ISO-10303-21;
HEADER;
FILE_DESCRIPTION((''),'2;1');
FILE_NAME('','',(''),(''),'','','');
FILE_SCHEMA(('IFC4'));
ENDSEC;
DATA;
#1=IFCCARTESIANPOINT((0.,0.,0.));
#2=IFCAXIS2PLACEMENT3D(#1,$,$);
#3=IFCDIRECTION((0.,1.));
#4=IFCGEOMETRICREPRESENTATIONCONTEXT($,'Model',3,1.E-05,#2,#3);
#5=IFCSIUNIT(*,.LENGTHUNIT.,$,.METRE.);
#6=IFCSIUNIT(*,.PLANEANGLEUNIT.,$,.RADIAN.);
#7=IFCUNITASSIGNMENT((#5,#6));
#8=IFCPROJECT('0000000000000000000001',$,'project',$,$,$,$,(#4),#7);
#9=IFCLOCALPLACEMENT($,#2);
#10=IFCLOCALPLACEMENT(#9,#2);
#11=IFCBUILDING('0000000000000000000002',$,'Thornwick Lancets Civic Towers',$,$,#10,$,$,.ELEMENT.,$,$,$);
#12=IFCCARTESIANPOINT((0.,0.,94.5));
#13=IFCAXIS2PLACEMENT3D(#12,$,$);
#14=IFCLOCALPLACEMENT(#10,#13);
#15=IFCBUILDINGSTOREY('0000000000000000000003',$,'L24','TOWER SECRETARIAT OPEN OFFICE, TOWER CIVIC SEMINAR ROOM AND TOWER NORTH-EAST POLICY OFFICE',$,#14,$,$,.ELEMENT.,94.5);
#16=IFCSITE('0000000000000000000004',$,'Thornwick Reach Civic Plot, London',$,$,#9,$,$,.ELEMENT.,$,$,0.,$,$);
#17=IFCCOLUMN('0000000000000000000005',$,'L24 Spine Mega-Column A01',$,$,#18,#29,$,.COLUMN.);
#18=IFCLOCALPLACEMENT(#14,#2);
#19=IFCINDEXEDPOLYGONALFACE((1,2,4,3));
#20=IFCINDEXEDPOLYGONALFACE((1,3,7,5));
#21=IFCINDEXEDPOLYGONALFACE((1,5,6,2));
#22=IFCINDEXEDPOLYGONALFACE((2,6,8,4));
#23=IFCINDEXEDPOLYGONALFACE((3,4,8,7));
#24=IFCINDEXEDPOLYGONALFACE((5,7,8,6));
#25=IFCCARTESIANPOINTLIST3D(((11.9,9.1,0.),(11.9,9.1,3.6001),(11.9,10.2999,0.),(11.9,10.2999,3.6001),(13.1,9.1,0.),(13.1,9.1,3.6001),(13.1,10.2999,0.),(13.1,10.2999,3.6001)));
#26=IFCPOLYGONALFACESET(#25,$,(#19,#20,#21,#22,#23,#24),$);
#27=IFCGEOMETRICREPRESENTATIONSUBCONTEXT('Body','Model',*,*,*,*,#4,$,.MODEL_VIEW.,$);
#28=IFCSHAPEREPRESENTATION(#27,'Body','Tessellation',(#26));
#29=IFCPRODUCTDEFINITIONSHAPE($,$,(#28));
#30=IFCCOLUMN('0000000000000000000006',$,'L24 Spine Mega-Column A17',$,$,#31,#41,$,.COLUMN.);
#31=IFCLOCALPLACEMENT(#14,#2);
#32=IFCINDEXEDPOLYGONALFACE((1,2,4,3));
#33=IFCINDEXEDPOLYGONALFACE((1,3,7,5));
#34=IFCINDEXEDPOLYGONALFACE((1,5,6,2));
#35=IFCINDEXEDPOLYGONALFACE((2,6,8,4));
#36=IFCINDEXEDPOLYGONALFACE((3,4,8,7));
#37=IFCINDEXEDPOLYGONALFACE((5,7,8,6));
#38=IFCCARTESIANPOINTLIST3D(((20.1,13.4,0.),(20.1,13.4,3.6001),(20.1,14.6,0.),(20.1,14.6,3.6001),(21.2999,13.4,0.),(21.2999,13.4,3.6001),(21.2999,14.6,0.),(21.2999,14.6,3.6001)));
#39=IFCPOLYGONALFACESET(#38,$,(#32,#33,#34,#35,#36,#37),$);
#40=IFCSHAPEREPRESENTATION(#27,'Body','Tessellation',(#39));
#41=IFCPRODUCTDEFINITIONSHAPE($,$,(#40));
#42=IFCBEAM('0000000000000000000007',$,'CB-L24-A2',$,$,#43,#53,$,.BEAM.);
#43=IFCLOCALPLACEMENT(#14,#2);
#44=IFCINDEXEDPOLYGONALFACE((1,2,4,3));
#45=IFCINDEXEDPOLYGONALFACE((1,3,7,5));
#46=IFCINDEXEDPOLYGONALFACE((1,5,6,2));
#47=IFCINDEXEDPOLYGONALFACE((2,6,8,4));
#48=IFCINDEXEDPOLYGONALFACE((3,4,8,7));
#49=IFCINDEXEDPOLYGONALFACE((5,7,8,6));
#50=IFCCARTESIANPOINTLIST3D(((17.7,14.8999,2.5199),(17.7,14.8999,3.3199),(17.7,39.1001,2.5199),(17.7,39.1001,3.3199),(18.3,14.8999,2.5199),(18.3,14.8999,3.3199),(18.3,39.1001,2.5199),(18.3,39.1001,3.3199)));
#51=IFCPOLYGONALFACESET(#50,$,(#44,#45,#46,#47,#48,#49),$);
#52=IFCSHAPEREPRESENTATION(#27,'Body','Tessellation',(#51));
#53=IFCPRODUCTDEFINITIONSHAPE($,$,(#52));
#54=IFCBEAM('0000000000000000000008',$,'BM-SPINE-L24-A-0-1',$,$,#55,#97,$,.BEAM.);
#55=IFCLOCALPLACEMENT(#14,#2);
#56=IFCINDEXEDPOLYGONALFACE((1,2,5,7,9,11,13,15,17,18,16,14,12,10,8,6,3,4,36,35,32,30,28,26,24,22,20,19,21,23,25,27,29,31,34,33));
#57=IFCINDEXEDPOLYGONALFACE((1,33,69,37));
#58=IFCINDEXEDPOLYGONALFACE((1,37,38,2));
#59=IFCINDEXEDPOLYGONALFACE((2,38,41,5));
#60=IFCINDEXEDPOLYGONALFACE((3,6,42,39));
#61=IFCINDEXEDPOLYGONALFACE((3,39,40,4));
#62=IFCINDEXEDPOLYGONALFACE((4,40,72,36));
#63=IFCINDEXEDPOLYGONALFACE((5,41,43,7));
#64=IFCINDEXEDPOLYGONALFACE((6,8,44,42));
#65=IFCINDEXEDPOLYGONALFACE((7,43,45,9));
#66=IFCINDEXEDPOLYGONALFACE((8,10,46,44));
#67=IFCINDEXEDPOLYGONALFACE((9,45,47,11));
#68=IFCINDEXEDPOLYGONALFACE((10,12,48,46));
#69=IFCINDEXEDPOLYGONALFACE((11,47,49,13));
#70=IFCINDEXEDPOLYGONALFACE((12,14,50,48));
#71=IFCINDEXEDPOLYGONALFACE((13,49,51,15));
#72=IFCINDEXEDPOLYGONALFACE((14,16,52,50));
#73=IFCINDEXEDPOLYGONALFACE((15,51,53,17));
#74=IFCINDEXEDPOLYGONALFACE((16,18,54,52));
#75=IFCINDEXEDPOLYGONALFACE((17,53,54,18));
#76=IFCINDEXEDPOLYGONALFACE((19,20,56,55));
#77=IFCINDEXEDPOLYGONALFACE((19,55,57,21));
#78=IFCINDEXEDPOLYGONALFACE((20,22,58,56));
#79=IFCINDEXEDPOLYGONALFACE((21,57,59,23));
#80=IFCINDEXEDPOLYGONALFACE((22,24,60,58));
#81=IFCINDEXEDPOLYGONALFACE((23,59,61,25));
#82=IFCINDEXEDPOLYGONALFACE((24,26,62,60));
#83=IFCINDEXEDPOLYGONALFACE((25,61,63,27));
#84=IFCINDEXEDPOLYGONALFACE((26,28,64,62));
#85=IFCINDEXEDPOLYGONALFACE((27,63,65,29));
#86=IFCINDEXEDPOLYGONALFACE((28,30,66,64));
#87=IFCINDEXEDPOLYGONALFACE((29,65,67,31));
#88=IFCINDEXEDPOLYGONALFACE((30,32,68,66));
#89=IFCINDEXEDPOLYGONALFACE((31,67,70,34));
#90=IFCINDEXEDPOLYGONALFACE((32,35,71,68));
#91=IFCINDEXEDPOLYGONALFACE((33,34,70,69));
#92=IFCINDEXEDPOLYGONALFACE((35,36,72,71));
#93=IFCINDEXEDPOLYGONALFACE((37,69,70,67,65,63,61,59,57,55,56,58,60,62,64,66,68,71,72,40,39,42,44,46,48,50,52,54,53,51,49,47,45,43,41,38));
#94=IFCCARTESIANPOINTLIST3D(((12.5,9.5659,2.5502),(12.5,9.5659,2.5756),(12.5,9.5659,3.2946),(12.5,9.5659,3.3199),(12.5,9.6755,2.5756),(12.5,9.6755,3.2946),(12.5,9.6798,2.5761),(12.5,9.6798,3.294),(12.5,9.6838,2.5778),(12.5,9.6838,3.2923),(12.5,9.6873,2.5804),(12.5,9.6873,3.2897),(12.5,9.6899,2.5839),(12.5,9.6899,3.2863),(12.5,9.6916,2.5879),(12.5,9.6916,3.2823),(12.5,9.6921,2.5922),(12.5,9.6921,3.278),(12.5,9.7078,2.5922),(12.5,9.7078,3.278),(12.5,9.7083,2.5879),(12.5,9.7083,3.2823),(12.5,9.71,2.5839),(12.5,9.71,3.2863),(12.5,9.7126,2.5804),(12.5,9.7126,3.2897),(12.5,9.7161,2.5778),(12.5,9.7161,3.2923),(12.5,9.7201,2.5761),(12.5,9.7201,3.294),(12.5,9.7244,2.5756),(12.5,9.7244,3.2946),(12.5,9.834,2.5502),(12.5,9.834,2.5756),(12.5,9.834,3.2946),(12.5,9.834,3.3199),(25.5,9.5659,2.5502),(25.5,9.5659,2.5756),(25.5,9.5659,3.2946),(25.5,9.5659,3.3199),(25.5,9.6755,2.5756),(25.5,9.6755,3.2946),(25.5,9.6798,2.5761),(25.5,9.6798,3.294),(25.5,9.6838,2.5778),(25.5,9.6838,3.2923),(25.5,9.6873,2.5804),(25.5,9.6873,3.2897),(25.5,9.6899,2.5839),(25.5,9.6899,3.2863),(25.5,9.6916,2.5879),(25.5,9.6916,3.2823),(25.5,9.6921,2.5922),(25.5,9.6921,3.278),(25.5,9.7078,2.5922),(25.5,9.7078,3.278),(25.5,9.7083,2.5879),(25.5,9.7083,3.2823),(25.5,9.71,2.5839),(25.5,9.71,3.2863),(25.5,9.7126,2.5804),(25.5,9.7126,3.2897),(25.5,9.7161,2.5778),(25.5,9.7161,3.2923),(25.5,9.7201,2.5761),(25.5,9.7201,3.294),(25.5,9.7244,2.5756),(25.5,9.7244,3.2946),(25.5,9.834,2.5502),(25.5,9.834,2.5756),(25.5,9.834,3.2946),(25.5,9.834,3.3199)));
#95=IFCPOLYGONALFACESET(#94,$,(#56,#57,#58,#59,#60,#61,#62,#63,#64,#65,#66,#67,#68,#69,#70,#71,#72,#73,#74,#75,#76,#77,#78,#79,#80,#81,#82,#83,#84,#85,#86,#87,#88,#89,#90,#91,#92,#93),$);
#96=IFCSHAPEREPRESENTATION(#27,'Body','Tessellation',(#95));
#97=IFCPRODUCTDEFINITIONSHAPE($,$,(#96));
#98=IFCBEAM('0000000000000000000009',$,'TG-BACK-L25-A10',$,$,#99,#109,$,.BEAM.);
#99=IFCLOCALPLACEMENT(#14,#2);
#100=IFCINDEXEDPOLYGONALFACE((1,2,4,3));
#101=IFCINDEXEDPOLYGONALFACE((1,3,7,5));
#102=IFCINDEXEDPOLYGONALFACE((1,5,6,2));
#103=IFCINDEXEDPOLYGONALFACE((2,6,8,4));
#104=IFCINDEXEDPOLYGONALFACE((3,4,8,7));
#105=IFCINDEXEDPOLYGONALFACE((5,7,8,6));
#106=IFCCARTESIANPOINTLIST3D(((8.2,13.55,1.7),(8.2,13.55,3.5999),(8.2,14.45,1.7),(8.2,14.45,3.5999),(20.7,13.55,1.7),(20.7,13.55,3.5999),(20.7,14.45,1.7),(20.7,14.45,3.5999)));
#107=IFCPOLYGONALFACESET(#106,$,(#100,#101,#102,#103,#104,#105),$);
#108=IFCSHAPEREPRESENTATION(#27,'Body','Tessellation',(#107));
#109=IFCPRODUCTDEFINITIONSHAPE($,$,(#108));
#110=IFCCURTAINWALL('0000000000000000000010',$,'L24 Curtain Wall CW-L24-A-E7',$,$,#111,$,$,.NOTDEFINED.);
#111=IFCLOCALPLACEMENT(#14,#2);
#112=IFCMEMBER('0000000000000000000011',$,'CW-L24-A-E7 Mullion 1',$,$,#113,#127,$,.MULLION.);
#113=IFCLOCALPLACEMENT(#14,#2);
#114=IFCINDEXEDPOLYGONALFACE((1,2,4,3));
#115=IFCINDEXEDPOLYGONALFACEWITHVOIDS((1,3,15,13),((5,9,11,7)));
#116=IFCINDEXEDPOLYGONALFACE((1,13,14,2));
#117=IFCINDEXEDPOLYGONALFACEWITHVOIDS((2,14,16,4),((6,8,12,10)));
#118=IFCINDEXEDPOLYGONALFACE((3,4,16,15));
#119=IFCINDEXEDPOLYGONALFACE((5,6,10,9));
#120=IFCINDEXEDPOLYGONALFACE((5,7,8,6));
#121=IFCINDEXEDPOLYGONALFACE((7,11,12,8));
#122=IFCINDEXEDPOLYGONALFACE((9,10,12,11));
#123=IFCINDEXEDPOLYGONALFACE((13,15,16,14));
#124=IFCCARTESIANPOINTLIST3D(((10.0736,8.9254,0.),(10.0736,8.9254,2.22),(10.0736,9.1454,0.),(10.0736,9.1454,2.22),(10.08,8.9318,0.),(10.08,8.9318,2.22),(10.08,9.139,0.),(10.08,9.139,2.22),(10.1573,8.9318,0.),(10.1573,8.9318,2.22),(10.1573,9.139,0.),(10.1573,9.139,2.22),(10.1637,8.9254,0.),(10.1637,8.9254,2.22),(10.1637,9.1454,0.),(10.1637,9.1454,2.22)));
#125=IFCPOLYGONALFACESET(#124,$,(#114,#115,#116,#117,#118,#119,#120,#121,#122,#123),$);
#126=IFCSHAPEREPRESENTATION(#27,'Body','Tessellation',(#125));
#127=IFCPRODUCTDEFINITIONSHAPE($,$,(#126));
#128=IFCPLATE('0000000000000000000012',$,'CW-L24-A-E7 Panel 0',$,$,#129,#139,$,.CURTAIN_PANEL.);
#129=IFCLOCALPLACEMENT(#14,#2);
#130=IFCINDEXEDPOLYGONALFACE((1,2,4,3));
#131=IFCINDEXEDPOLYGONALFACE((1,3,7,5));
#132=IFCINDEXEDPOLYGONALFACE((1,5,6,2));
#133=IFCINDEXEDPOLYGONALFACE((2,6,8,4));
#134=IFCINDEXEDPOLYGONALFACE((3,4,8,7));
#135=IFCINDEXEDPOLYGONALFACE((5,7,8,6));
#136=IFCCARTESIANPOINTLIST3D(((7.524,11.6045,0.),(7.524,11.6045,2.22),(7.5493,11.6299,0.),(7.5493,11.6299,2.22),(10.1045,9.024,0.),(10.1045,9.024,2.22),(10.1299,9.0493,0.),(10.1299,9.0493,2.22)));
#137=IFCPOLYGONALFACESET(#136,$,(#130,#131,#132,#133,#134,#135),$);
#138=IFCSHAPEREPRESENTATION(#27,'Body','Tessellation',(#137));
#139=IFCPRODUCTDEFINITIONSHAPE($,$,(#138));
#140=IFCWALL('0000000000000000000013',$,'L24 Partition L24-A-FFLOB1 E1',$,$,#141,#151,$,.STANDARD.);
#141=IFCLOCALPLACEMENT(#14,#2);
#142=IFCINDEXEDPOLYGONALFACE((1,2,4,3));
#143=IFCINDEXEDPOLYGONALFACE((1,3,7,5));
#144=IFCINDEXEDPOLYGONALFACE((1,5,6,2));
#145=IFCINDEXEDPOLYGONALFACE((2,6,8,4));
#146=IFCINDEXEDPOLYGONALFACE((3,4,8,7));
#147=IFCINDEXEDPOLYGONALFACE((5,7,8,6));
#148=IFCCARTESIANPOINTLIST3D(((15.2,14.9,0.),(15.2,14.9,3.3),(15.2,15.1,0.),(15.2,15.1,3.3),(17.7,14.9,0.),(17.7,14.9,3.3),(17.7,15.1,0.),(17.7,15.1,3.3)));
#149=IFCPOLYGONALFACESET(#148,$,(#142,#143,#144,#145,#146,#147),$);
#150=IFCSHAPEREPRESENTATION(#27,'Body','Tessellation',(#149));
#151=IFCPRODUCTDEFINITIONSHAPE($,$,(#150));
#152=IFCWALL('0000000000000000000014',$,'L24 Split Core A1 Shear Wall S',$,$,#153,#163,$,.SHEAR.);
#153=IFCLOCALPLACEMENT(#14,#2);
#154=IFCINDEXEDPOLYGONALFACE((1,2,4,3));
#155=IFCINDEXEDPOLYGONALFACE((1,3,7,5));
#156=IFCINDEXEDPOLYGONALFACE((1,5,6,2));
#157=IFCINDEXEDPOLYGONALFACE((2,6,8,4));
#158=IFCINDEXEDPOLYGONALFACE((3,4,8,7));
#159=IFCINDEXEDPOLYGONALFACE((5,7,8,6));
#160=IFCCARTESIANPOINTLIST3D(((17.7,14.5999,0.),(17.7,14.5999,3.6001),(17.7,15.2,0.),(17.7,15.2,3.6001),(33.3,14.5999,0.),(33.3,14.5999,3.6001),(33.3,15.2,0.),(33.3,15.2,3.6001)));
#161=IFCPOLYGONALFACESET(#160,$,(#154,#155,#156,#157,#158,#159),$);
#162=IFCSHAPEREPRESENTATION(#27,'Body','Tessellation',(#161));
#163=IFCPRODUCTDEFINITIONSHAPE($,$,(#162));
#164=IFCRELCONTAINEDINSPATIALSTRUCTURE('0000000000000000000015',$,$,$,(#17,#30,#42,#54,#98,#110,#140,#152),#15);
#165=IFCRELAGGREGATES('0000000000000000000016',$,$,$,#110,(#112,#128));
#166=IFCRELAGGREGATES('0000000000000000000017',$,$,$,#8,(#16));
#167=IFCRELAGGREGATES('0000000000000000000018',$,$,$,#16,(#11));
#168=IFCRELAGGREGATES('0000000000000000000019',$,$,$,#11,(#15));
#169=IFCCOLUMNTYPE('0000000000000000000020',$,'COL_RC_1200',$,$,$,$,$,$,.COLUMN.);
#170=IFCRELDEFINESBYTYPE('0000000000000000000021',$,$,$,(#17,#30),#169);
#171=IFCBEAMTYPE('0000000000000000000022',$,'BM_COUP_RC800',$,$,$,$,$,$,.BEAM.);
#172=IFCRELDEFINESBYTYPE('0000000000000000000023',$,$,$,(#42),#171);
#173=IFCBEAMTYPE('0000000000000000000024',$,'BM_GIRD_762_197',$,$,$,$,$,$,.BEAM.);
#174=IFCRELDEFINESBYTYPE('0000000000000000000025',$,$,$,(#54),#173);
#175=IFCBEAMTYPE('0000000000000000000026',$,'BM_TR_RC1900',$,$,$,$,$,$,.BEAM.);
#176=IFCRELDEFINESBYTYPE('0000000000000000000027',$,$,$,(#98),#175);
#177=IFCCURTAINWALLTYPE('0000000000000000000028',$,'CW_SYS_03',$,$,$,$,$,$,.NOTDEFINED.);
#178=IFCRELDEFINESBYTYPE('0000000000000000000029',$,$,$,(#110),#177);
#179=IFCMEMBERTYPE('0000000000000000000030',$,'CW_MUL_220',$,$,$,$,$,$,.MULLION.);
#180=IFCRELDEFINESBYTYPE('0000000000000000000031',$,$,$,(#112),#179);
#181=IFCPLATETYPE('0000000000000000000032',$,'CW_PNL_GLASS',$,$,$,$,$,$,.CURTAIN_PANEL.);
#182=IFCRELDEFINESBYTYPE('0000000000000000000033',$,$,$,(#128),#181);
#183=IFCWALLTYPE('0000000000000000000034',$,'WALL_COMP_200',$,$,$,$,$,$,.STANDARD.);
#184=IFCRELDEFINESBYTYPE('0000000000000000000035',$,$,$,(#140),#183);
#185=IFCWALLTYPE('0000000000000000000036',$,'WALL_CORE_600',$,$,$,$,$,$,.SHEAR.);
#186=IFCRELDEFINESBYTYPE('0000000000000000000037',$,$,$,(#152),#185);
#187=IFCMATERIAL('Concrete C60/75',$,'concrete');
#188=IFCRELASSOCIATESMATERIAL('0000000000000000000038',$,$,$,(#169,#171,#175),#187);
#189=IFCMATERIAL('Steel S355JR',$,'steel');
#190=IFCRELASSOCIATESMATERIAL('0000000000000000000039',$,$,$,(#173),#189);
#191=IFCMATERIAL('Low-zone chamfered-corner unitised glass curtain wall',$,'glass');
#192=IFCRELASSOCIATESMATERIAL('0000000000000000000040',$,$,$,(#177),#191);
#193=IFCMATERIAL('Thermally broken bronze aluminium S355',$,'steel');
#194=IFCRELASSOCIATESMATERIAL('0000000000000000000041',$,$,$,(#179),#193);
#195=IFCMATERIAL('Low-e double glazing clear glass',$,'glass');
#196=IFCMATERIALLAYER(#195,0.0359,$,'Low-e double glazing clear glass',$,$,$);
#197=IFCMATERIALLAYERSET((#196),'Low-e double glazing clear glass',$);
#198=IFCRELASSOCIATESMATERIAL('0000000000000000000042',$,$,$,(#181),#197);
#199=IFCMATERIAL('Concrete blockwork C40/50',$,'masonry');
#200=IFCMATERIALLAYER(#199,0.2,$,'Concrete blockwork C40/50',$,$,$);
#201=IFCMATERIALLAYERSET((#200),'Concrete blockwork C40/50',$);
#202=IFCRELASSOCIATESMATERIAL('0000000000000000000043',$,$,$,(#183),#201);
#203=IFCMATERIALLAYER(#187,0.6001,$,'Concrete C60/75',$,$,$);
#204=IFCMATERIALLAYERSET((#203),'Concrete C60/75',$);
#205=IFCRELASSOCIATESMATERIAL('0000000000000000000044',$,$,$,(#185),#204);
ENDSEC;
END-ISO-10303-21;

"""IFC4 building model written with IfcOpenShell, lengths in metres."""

from ifc_helpers import new_model, si_unit, direction, frame, frame_2d, origin, origin_2d, place, context, subcontext, project, spatial, rectangle, hollow_rectangle, i_section, extrude, material, layer, layer_set, material_profile, profile_set, type_object, element, aggregate, save


model = new_model("IFC4")

# Units and contexts
model_context = context("Model", 3, precision=1e-05, world=origin(), true_north=direction((0.0, 1.0)))
body_context = subcontext(model_context, "Body", "Model", "MODEL_VIEW")
ifc_project = project(units=[si_unit("LENGTHUNIT", "METRE"), si_unit("PLANEANGLEUNIT", "RADIAN")], contexts=[model_context])

# Site, building, storey
site_placement = place(None, origin())
site = spatial("IfcSite", under=ifc_project, at=site_placement, Name="Thornwick Reach Civic Plot, London", CompositionType="ELEMENT", RefElevation=0.0)
building_placement = place(site_placement, origin())
building = spatial("IfcBuilding", under=site, at=building_placement, Name="Thornwick Lancets Civic Towers", CompositionType="ELEMENT")
storey_placement = place(building_placement, frame((0.0, 0.0, 94.5)))
storey = spatial("IfcBuildingStorey", under=building, at=storey_placement, Name="L24", Description="TOWER SECRETARIAT OPEN OFFICE, TOWER CIVIC SEMINAR ROOM AND TOWER NORTH-EAST POLICY OFFICE", CompositionType="ELEMENT", Elevation=94.5)

# Columns
ifc_material_1 = material(Name="Concrete C60/75", Category="concrete")
ifc_material_profile_1 = material_profile(ifc_material_1, rectangle(XDim=1.2, YDim=1.2, at=origin_2d()), Name="RC 1200x1200")
ifc_profile_set_1 = profile_set([ifc_material_profile_1], Name="Concrete C60/75")
column_type = type_object("IfcColumnType", Name="COL_RC_1200", PredefinedType="COLUMN", material=ifc_profile_set_1)
for number, where, z_axis, x_axis, name in (
    (1, (12.5, 9.7, 0.0), (0.0, 0.0, 1.0), (1.0, 0.0, 0.0), "L24 Spine Mega-Column A01"),
    (2, (20.7, 14.0, 0.0), (0.0, 0.0, 1.0), (1.0, 0.0, 0.0), "L24 Spine Mega-Column A17"),
):
    element("IfcColumn", number, at=place(storey_placement, frame(where, z_axis=z_axis, x_axis=x_axis)), inside=storey, type_object=column_type, Name=name, PredefinedType="COLUMN", context=body_context, shape_type="SweptSolid", body=[
        extrude(rectangle(XDim=1.2, YDim=1.2, at=origin_2d()), origin(), (0.0, 0.0, 1.0), 3.6001),
    ])

# Beams
ifc_material_profile_2 = material_profile(ifc_material_1, rectangle(XDim=0.6001, YDim=0.8, at=origin_2d()), Name="RC 600x800")
ifc_profile_set_2 = profile_set([ifc_material_profile_2], Name="Concrete C60/75")
beam_type_1 = type_object("IfcBeamType", Name="BM_COUP_RC800", PredefinedType="BEAM", material=ifc_profile_set_2)
beam_1_placement = place(storey_placement, frame((18.0, 14.8999, 2.9199), z_axis=(0.0, 1.0, 0.0), x_axis=(-1.0, 0.0, 0.0)))
element("IfcBeam", 3, at=beam_1_placement, inside=storey, type_object=beam_type_1, Name="CB-L24-A2", PredefinedType="BEAM", context=body_context, shape_type="SweptSolid", body=[
    extrude(rectangle(XDim=0.6001, YDim=0.8, at=origin_2d()), origin(), (0.0, 0.0, 1.0), 24.2002),
])
ifc_material_2 = material(Name="Steel S355JR", Category="steel")
ifc_material_profile_3 = material_profile(ifc_material_2, i_section(OverallWidth=0.2681, OverallDepth=0.7698, WebThickness=0.0156, FlangeThickness=0.0254, FilletRadius=0.0166, at=origin_2d()), Name="UKB 762x267x197")
ifc_profile_set_3 = profile_set([ifc_material_profile_3], Name="Steel S355JR")
beam_type_2 = type_object("IfcBeamType", Name="BM_GIRD_762_197", PredefinedType="BEAM", material=ifc_profile_set_3)
beam_2_placement = place(storey_placement, frame((12.5, 9.7, 2.9351), z_axis=(1.0, 0.0, 0.0), x_axis=(0.0, 1.0, 0.0)))
element("IfcBeam", 4, at=beam_2_placement, inside=storey, type_object=beam_type_2, Name="BM-SPINE-L24-A-0-1", PredefinedType="BEAM", context=body_context, shape_type="SweptSolid", body=[
    extrude(i_section(OverallWidth=0.2681, OverallDepth=0.7698, WebThickness=0.0156, FlangeThickness=0.0254, FilletRadius=0.0166, at=origin_2d()), origin(), (0.0, 0.0, 1.0), 13.0),
])
ifc_material_profile_4 = material_profile(ifc_material_1, rectangle(XDim=0.8999, YDim=1.8999, at=origin_2d()), Name="RC 900x1900")
ifc_profile_set_4 = profile_set([ifc_material_profile_4], Name="Concrete C60/75")
beam_type_3 = type_object("IfcBeamType", Name="BM_TR_RC1900", PredefinedType="BEAM", material=ifc_profile_set_4)
beam_3_placement = place(storey_placement, frame((20.7, 14.0, 2.6499), z_axis=(-1.0, 0.0, 0.0), x_axis=(0.0, -1.0, 0.0)))
element("IfcBeam", 5, at=beam_3_placement, inside=storey, type_object=beam_type_3, Name="TG-BACK-L25-A10", PredefinedType="BEAM", context=body_context, shape_type="SweptSolid", body=[
    extrude(rectangle(XDim=0.8999, YDim=1.8999, at=origin_2d()), origin(), (0.0, 0.0, 1.0), 12.5),
])

# Curtain wall, member, plate
ifc_material_3 = material(Name="Low-zone chamfered-corner unitised glass curtain wall", Category="glass")
curtain_wall_type = type_object("IfcCurtainWallType", Name="CW_SYS_03", PredefinedType="NOTDEFINED", material=ifc_material_3)
curtain_wall_placement = place(storey_placement, origin())
curtain_wall = element("IfcCurtainWall", 6, at=curtain_wall_placement, inside=storey, type_object=curtain_wall_type, Name="L24 Curtain Wall CW-L24-A-E7", PredefinedType="NOTDEFINED")
ifc_material_4 = material(Name="Thermally broken bronze aluminium S355", Category="steel")
ifc_material_profile_5 = material_profile(ifc_material_4, hollow_rectangle(XDim=0.0901, YDim=0.22, WallThickness=0.0063, at=origin_2d()), Name="RHS 220x90x6.3")
ifc_profile_set_5 = profile_set([ifc_material_profile_5], Name="Thermally broken bronze aluminium S355")
member_type = type_object("IfcMemberType", Name="CW_MUL_220", PredefinedType="MULLION", material=ifc_profile_set_5)
member_placement = place(storey_placement, frame((10.1187, 9.0354, 0.0), z_axis=(0.0, 0.0, 1.0), x_axis=(1.0, 0.0, 0.0)))
member = element("IfcMember", 7, at=member_placement, type_object=member_type, Name="CW-L24-A-E7 Mullion 1", PredefinedType="MULLION", context=body_context, shape_type="SweptSolid", body=[
    extrude(hollow_rectangle(XDim=0.0901, YDim=0.22, WallThickness=0.0063, at=origin_2d()), origin(), (0.0, 0.0, 1.0), 2.22),
])
ifc_material_5 = material(Name="Low-e double glazing clear glass", Category="glass")
ifc_layer_1 = layer(ifc_material_5, 0.0359, Name="Low-e double glazing clear glass")
ifc_layer_set_1 = layer_set([ifc_layer_1], Name="Low-e double glazing clear glass")
plate_type = type_object("IfcPlateType", Name="CW_PNL_GLASS", PredefinedType="CURTAIN_PANEL", material=ifc_layer_set_1)
plate_placement = place(storey_placement, frame((8.8269, 10.3269, 0.0), z_axis=(0.0, 0.0, 1.0), x_axis=(0.707107, -0.707107, 0.0)))
plate = element("IfcPlate", 8, at=plate_placement, type_object=plate_type, Name="CW-L24-A-E7 Panel 0", PredefinedType="CURTAIN_PANEL", context=body_context, shape_type="SweptSolid", body=[
    extrude(rectangle(XDim=3.6494, YDim=0.0359, at=origin_2d()), origin(), (0.0, 0.0, 1.0), 2.22),
])
aggregate(curtain_wall, [member, plate])

# Walls
ifc_material_6 = material(Name="Concrete blockwork C40/50", Category="masonry")
ifc_layer_2 = layer(ifc_material_6, 0.2, Name="Concrete blockwork C40/50")
ifc_layer_set_2 = layer_set([ifc_layer_2], Name="Concrete blockwork C40/50")
wall_type_1 = type_object("IfcWallType", Name="WALL_COMP_200", PredefinedType="STANDARD", material=ifc_layer_set_2)
wall_1_placement = place(storey_placement, frame((15.2, 15.0, 0.0), z_axis=(0.0, 0.0, 1.0), x_axis=(1.0, 0.0, 0.0)))
element("IfcWall", 9, at=wall_1_placement, inside=storey, type_object=wall_type_1, Name="L24 Partition L24-A-FFLOB1 E1", PredefinedType="STANDARD", context=body_context, shape_type="SweptSolid", body=[
    extrude(rectangle(XDim=2.5, YDim=0.2, at=frame_2d((1.25, 0.0))), origin(), (0.0, 0.0, 1.0), 3.3),
])
ifc_layer_3 = layer(ifc_material_1, 0.6001, Name="Concrete C60/75")
ifc_layer_set_3 = layer_set([ifc_layer_3], Name="Concrete C60/75")
wall_type_2 = type_object("IfcWallType", Name="WALL_CORE_600", PredefinedType="SHEAR", material=ifc_layer_set_3)
wall_2_placement = place(storey_placement, frame((17.7, 14.8999, 0.0), z_axis=(0.0, 0.0, 1.0), x_axis=(1.0, 0.0, 0.0)))
element("IfcWall", 10, at=wall_2_placement, inside=storey, type_object=wall_type_2, Name="L24 Split Core A1 Shear Wall S", PredefinedType="SHEAR", context=body_context, shape_type="SweptSolid", body=[
    extrude(rectangle(XDim=15.6001, YDim=0.6001, at=frame_2d((7.8, 0.0))), origin(), (0.0, 0.0, 1.0), 3.6001),
])

save(model, "model.ifc")
